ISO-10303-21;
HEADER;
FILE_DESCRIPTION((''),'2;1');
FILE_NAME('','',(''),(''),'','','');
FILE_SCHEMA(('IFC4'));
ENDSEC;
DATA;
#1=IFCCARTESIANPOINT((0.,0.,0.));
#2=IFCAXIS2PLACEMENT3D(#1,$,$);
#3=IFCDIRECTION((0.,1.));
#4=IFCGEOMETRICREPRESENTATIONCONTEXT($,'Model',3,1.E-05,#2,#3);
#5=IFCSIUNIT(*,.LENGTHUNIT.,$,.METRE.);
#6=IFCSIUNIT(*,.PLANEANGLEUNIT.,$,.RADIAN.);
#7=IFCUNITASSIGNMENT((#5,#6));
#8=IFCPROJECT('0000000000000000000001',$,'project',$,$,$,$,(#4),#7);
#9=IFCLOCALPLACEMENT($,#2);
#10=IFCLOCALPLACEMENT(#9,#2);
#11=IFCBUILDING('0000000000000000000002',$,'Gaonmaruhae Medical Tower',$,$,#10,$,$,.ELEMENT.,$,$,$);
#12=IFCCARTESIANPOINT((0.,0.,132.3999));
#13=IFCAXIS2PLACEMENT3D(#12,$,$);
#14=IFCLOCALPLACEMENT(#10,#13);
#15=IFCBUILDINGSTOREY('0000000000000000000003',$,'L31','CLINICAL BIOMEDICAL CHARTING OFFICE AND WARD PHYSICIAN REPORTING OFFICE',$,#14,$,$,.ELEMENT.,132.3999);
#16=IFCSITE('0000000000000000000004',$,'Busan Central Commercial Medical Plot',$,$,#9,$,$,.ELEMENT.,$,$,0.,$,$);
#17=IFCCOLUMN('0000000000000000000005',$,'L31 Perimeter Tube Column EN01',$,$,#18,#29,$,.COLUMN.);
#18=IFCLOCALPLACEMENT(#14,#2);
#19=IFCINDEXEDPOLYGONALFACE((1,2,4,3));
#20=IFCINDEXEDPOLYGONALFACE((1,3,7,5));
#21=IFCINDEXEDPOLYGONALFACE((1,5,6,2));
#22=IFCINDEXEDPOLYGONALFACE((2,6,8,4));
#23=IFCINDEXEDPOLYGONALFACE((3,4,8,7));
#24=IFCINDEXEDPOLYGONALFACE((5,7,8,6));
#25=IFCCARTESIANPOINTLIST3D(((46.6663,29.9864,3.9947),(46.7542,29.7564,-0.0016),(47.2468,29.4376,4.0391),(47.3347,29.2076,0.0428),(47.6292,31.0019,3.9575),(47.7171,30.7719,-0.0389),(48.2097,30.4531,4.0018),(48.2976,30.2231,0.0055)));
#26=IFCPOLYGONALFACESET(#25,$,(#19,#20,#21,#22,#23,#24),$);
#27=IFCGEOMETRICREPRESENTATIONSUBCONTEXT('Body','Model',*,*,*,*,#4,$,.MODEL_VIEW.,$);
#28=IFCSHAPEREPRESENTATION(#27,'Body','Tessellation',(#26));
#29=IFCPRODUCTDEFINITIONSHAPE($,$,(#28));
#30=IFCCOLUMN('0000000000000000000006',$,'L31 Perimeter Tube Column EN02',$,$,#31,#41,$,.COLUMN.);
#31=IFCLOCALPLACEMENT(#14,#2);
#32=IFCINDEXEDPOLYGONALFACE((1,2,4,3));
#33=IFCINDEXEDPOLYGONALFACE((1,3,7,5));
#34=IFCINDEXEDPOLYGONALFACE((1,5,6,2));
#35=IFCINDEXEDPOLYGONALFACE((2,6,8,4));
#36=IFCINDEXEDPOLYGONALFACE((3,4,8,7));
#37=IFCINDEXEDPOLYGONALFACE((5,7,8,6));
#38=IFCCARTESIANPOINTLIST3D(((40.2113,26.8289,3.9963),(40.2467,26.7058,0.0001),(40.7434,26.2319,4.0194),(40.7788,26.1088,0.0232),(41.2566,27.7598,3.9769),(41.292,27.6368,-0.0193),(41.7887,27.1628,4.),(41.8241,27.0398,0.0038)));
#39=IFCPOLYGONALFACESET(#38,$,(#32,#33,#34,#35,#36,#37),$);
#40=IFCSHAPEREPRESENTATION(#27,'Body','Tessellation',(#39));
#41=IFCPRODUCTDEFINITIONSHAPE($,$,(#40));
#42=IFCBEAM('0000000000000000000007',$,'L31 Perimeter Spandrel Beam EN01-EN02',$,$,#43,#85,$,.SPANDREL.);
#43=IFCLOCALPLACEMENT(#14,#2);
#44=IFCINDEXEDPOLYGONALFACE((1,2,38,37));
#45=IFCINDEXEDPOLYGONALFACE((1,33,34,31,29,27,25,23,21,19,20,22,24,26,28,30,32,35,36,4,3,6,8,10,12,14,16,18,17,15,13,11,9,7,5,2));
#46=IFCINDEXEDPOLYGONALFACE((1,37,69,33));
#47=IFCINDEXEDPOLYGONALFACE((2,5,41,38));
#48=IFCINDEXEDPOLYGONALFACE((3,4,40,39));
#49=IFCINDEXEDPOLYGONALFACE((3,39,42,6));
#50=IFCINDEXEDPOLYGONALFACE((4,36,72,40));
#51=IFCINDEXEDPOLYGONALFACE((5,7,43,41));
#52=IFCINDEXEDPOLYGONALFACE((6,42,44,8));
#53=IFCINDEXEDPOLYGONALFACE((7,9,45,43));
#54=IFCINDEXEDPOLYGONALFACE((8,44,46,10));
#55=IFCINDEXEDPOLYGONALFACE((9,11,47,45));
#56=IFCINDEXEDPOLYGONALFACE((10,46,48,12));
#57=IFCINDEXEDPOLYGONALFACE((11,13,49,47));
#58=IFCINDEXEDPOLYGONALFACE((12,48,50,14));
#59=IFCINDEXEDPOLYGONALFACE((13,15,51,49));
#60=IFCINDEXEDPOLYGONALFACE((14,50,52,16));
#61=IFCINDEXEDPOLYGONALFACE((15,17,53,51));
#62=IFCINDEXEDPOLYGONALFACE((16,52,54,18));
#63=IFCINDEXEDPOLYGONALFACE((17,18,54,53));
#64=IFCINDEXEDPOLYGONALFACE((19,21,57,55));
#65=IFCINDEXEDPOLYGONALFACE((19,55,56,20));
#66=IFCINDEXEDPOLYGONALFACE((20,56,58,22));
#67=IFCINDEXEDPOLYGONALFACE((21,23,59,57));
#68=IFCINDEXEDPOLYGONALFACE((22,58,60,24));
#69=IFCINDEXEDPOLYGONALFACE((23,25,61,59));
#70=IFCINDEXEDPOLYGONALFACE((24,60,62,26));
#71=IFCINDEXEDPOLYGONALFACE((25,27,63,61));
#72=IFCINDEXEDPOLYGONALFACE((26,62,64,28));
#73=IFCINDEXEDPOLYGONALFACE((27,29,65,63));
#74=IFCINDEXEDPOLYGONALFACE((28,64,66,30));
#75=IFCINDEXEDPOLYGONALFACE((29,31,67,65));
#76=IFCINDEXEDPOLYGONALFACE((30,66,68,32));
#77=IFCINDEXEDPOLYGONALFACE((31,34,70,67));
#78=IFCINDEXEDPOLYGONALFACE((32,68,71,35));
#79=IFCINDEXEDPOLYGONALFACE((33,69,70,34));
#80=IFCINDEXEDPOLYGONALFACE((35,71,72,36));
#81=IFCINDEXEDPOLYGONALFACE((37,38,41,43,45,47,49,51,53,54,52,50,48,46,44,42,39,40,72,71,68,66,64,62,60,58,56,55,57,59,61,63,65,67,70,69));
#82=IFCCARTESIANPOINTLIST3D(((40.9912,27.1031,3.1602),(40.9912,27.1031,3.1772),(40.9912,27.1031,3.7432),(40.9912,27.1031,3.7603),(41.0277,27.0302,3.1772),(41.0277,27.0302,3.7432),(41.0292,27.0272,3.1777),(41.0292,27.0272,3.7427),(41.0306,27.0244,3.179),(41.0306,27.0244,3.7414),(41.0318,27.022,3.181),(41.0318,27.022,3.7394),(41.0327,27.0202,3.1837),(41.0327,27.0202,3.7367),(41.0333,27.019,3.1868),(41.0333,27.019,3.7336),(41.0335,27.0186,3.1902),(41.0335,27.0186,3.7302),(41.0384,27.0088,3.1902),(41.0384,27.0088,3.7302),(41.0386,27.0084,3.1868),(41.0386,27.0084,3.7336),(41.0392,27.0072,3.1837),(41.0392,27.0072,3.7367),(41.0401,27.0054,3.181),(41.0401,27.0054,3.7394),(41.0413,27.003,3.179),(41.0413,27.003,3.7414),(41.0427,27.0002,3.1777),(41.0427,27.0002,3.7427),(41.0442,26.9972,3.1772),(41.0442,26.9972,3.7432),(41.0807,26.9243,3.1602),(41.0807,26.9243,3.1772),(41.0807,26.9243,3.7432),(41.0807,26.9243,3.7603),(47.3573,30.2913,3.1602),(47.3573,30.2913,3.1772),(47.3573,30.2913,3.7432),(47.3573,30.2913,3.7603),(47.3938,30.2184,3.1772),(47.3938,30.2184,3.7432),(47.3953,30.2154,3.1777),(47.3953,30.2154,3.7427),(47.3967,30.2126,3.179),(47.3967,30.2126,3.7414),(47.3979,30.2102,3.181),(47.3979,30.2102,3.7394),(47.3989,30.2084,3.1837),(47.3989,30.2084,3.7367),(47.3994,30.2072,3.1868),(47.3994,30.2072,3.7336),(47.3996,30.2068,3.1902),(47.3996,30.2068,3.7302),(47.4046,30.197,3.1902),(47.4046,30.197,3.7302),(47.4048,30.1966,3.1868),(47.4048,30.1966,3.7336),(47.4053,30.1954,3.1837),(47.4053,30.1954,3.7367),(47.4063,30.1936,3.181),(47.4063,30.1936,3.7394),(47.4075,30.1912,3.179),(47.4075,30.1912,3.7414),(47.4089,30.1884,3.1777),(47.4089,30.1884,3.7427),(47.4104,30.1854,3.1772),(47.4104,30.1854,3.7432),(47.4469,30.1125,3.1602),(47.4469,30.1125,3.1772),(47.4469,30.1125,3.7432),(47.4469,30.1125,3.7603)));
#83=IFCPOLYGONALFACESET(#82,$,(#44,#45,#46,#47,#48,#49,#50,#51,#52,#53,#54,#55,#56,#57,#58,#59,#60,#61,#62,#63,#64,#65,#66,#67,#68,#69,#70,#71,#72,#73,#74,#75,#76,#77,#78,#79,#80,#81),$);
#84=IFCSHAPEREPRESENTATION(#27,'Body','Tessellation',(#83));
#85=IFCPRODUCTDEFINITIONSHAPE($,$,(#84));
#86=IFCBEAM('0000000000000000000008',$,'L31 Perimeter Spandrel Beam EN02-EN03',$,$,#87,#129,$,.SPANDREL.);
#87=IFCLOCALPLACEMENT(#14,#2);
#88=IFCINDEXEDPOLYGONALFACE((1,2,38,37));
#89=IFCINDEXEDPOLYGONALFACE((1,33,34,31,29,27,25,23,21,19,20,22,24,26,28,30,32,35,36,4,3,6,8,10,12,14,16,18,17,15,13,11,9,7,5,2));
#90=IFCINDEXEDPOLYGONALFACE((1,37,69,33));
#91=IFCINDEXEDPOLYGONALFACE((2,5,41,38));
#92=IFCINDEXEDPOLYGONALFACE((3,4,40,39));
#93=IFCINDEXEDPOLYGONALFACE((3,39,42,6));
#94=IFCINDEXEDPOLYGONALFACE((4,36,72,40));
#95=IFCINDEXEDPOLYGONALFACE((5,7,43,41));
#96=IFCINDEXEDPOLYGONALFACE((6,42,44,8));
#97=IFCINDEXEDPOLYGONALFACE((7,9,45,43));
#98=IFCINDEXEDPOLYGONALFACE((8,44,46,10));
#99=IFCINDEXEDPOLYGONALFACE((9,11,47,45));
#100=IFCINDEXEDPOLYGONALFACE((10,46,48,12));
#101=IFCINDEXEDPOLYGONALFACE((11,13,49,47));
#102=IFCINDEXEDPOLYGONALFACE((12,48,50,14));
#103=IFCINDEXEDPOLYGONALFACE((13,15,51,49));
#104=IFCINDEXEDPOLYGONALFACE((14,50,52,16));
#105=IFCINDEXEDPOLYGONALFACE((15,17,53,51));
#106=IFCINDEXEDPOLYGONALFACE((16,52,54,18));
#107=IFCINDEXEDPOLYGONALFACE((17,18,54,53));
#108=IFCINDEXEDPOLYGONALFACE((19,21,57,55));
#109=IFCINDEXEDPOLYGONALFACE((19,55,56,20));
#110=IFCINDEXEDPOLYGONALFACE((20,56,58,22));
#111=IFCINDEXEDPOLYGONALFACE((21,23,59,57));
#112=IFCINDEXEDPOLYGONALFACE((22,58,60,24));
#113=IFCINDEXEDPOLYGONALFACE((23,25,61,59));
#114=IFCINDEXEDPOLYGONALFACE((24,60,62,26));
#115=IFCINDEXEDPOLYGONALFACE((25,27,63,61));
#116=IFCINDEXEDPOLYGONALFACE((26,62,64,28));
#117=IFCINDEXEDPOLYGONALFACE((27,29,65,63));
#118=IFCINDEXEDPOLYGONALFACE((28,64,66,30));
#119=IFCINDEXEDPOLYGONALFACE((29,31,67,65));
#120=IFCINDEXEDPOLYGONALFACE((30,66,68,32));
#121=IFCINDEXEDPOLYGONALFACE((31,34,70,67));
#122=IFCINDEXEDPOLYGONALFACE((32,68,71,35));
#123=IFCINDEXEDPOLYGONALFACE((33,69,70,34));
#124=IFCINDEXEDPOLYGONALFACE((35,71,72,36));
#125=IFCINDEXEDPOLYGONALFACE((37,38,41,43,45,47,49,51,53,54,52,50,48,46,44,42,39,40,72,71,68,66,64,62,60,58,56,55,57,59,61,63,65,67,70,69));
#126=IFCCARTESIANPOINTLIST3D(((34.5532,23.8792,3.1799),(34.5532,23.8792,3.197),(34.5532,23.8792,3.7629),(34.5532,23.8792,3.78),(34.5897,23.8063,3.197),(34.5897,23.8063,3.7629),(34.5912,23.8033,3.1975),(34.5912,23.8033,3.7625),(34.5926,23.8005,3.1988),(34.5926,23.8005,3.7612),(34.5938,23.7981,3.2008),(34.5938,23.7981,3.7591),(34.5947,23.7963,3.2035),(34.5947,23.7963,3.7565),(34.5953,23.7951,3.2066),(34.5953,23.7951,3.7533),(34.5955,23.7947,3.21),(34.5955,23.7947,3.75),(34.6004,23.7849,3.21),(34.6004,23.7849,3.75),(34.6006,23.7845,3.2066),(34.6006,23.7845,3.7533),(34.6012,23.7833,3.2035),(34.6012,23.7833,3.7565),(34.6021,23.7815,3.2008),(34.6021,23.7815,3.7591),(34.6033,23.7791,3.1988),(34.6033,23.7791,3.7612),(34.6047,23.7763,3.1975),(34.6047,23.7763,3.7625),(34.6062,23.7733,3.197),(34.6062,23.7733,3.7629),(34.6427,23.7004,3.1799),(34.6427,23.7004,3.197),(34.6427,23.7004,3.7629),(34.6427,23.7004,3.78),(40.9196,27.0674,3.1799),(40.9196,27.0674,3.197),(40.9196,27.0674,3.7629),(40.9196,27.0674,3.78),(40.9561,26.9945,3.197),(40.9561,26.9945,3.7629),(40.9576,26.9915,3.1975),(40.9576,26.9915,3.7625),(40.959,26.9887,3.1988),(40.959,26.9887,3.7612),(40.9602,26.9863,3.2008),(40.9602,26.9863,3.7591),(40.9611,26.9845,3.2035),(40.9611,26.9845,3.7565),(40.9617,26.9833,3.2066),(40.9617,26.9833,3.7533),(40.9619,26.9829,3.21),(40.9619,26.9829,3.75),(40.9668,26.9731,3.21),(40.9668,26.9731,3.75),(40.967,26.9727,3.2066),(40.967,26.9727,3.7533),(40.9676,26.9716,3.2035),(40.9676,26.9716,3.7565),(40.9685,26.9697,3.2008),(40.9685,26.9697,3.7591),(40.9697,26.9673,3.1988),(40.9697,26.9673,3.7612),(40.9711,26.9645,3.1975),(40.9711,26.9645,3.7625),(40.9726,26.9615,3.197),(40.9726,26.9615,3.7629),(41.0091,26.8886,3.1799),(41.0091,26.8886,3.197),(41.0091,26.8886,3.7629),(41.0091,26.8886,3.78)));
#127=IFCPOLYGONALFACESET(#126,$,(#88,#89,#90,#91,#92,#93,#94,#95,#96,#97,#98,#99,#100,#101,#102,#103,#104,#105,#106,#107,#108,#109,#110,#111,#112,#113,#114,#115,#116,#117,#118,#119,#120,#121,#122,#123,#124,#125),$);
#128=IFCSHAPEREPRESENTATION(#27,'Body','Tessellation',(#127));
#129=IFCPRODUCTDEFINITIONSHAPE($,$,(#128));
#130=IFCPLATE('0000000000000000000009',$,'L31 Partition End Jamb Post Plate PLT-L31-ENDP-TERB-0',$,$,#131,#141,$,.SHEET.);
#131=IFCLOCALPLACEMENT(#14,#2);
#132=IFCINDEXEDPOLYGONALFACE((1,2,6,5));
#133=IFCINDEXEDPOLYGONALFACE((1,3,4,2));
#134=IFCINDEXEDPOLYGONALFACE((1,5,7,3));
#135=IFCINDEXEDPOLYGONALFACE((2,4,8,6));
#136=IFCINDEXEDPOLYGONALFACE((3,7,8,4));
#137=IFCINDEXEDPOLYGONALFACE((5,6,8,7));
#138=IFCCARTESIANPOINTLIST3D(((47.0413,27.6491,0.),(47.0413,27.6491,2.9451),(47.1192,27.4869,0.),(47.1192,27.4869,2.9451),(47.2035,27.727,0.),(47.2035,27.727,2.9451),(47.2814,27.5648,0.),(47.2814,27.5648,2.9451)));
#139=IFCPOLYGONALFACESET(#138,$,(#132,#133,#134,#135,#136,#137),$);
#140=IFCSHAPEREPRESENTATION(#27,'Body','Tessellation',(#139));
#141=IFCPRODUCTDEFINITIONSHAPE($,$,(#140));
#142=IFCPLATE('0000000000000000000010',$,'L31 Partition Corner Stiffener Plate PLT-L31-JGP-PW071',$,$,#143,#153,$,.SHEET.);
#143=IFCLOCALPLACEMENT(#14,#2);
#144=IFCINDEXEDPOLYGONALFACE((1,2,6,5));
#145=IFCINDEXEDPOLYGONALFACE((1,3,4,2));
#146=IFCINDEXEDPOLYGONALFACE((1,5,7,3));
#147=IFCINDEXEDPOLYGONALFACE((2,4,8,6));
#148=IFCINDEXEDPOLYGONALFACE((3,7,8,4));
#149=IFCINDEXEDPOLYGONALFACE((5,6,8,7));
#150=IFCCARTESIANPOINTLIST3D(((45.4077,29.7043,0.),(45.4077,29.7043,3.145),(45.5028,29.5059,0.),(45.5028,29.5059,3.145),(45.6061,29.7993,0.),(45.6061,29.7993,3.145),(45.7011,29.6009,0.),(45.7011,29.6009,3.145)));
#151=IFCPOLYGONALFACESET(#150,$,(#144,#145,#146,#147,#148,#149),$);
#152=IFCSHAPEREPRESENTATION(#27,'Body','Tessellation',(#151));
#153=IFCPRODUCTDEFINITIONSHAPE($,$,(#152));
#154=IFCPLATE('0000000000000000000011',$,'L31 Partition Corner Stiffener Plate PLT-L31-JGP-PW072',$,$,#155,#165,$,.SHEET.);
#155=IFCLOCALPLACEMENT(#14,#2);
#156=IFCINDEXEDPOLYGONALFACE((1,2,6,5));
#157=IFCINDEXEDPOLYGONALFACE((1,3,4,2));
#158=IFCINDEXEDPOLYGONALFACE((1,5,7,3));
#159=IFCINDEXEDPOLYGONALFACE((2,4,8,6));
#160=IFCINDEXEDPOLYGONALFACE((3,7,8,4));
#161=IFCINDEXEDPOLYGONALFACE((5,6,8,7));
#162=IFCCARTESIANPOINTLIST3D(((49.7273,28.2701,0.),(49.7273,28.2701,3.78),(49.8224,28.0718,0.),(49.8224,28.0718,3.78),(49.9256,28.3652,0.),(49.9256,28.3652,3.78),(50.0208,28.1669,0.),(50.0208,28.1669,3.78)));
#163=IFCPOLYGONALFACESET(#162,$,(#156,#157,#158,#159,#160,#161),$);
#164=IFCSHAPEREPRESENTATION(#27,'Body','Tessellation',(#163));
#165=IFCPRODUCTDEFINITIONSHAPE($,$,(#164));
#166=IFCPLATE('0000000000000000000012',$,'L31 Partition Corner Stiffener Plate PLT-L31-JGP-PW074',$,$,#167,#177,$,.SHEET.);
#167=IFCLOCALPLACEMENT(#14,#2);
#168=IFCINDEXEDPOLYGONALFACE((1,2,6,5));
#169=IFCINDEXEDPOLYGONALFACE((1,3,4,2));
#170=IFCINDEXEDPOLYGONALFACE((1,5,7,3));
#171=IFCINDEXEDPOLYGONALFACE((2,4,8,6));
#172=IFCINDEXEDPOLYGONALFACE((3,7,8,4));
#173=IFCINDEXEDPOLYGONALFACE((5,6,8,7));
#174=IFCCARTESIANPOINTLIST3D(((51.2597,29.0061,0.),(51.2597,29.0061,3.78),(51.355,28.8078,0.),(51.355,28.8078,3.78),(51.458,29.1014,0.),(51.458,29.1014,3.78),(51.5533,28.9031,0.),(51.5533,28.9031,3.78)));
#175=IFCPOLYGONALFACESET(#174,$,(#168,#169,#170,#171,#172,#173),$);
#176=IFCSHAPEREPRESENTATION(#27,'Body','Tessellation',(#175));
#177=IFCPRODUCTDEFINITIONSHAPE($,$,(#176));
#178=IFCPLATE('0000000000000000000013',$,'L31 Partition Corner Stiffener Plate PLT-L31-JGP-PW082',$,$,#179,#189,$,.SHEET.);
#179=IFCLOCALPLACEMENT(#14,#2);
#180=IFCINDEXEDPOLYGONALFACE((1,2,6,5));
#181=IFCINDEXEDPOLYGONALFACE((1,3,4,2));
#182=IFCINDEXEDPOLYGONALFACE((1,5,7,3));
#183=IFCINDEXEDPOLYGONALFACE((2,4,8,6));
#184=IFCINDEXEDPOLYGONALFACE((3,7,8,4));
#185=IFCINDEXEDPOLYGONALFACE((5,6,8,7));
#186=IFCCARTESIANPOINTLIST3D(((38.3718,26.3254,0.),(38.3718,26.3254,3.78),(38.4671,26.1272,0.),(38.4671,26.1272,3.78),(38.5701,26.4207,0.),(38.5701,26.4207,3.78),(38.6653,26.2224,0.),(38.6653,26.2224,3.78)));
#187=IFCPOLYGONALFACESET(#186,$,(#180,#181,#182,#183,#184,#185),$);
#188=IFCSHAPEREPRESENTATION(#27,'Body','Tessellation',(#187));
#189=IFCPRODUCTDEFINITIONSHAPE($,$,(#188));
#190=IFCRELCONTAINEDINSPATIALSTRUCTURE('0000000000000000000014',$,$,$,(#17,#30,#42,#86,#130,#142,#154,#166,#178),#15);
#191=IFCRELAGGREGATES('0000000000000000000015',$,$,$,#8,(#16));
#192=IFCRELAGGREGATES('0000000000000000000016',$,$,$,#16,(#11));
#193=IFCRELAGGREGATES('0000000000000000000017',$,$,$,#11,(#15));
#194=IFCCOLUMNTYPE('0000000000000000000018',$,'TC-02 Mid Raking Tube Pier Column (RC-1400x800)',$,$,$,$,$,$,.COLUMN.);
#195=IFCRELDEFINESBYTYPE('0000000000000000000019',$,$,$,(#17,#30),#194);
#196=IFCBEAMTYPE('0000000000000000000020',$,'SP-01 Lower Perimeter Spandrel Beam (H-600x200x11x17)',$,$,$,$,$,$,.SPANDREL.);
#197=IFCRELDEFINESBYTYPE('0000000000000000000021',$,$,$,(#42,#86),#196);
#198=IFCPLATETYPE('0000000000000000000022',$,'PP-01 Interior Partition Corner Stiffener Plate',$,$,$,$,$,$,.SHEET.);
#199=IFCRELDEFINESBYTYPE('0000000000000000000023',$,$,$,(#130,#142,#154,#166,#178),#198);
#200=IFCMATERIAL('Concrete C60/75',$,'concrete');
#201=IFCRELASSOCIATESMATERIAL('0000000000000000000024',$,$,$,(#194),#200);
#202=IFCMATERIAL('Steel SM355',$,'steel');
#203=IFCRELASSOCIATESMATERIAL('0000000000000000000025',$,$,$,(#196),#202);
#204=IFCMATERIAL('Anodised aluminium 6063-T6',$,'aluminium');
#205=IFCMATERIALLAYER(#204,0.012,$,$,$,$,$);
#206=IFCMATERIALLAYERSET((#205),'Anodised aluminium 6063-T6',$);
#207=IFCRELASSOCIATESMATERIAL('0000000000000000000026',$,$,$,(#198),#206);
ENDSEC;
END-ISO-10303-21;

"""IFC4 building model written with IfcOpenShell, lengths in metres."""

from ifc_helpers import new_model, si_unit, direction, frame, origin, origin_2d, place, context, subcontext, project, spatial, rectangle, i_section, extrude, material, layer, layer_set, material_profile, profile_set, type_object, element, save


model = new_model("IFC4")

# Units and contexts
model_context = context("Model", 3, precision=1e-05, world=origin(), true_north=direction((0.0, 1.0)))
body_context = subcontext(model_context, "Body", "Model", "MODEL_VIEW")
ifc_project = project(units=[si_unit("LENGTHUNIT", "METRE"), si_unit("PLANEANGLEUNIT", "RADIAN")], contexts=[model_context])

# Site, building, storey
site_placement = place(None, origin())
site = spatial("IfcSite", under=ifc_project, at=site_placement, Name="Busan Central Commercial Medical Plot", CompositionType="ELEMENT", RefElevation=0.0)
building_placement = place(site_placement, origin())
building = spatial("IfcBuilding", under=site, at=building_placement, Name="Gaonmaruhae Medical Tower", CompositionType="ELEMENT")
storey_placement = place(building_placement, frame((0.0, 0.0, 132.3999)))
storey = spatial("IfcBuildingStorey", under=building, at=storey_placement, Name="L31", Description="CLINICAL BIOMEDICAL CHARTING OFFICE AND WARD PHYSICIAN REPORTING OFFICE", CompositionType="ELEMENT", Elevation=132.3999)

# Columns
ifc_material_1 = material(Name="Concrete C60/75", Category="concrete")
ifc_material_profile_1 = material_profile(ifc_material_1, rectangle(XDim=1.3999, YDim=0.8, at=origin_2d()), Name="RC-1400x800")
ifc_profile_set_1 = profile_set([ifc_material_profile_1], Name="Concrete C60/75")
column_type = type_object("IfcColumnType", Name="TC-02 Mid Raking Tube Pier Column (RC-1400x800)", PredefinedType="COLUMN", material=ifc_profile_set_1)
column_1_placement = place(storey_placement, frame((47.5259, 29.9897, 0.002), z_axis=(-0.021951, 0.057439, 0.998108), x_axis=(-0.687822, -0.725391, 0.026618)))
element("IfcColumn", 1, at=column_1_placement, inside=storey, type_object=column_type, Name="L31 Perimeter Tube Column EN01", PredefinedType="COLUMN", context=body_context, shape_type="SweptSolid", body=[
    extrude(rectangle(XDim=1.3999, YDim=0.8, at=origin_2d()), origin(), (0.0, 0.0, 1.0), 4.0039),
])
column_2_placement = place(storey_placement, frame((41.0354, 26.8728, 0.002), z_axis=(-0.008854, 0.030774, 0.999487), x_axis=(-0.746694, -0.665023, 0.013862)))
element("IfcColumn", 2, at=column_2_placement, inside=storey, type_object=column_type, Name="L31 Perimeter Tube Column EN02", PredefinedType="COLUMN", context=body_context, shape_type="SweptSolid", body=[
    extrude(rectangle(XDim=1.3999, YDim=0.8, at=origin_2d()), origin(), (0.0, 0.0, 1.0), 3.9983),
])

# Beams
ifc_material_2 = material(Name="Steel SM355", Category="steel")
ifc_material_profile_2 = material_profile(ifc_material_2, i_section(OverallWidth=0.2, OverallDepth=0.6001, WebThickness=0.011, FlangeThickness=0.0171, FilletRadius=0.0129, at=origin_2d()), Name="H-600x200x11x17")
ifc_profile_set_2 = profile_set([ifc_material_profile_2], Name="Steel SM355")
beam_type = type_object("IfcBeamType", Name="SP-01 Lower Perimeter Spandrel Beam (H-600x200x11x17)", PredefinedType="SPANDREL", material=ifc_profile_set_2)
beam_1_placement = place(storey_placement, frame((47.4021, 30.2019, 3.4602), z_axis=(-0.894139, -0.44779, 0.0), x_axis=(0.44779, -0.894139, 0.0)))
element("IfcBeam", 3, at=beam_1_placement, inside=storey, type_object=beam_type, Name="L31 Perimeter Spandrel Beam EN01-EN02", PredefinedType="SPANDREL", context=body_context, shape_type="SweptSolid", body=[
    extrude(i_section(OverallWidth=0.2, OverallDepth=0.6001, WebThickness=0.011, FlangeThickness=0.0171, FilletRadius=0.0129, at=origin_2d()), origin(), (0.0, 0.0, 1.0), 7.1199),
])
beam_2_placement = place(storey_placement, frame((40.9644, 26.978, 3.48), z_axis=(-0.894146, -0.447776, 0.0), x_axis=(0.447776, -0.894146, 0.0)))
element("IfcBeam", 4, at=beam_2_placement, inside=storey, type_object=beam_type, Name="L31 Perimeter Spandrel Beam EN02-EN03", PredefinedType="SPANDREL", context=body_context, shape_type="SweptSolid", body=[
    extrude(i_section(OverallWidth=0.2, OverallDepth=0.6001, WebThickness=0.011, FlangeThickness=0.0171, FilletRadius=0.0129, at=origin_2d()), origin(), (0.0, 0.0, 1.0), 7.1201),
])

# Plates
ifc_material_3 = material(Name="Anodised aluminium 6063-T6", Category="aluminium")
ifc_layer_1 = layer(ifc_material_3, 0.012)
ifc_layer_set_1 = layer_set([ifc_layer_1], Name="Anodised aluminium 6063-T6")
plate_type = type_object("IfcPlateType", Name="PP-01 Interior Partition Corner Stiffener Plate", PredefinedType="SHEET", material=ifc_layer_set_1)
plate_1_placement = place(storey_placement, frame((47.1614, 27.6069, 0.0), z_axis=(0.0, 0.0, 1.0), x_axis=(0.901455, 0.432873, 0.0)))
element("IfcPlate", 5, at=plate_1_placement, inside=storey, type_object=plate_type, Name="L31 Partition End Jamb Post Plate PLT-L31-ENDP-TERB-0", PredefinedType="SHEET", context=body_context, shape_type="SweptSolid", body=[
    extrude(rectangle(XDim=0.1799, YDim=0.1799, at=origin_2d()), origin(), (0.0, 0.0, 1.0), 2.9451),
])
plate_2_placement = place(storey_placement, frame((45.5544, 29.6526, 0.0), z_axis=(0.0, 0.0, 1.0), x_axis=(0.901893, 0.43196, 0.0)))
element("IfcPlate", 6, at=plate_2_placement, inside=storey, type_object=plate_type, Name="L31 Partition Corner Stiffener Plate PLT-L31-JGP-PW071", PredefinedType="SHEET", context=body_context, shape_type="SweptSolid", body=[
    extrude(rectangle(XDim=0.22, YDim=0.22, at=origin_2d()), origin(), (0.0, 0.0, 1.0), 3.145),
])
for number, where, z_axis, x_axis, name in (
    (7, (49.874, 28.2185, 0.0), (0.0, 0.0, 1.0), (0.432353, -0.901704, 0.0), "L31 Partition Corner Stiffener Plate PLT-L31-JGP-PW072"),
    (8, (51.4065, 28.9546, 0.0), (0.0, 0.0, 1.0), (-0.433124, 0.901334, 0.0), "L31 Partition Corner Stiffener Plate PLT-L31-JGP-PW074"),
    (9, (38.5186, 26.2739, 0.0), (0.0, 0.0, 1.0), (0.901334, 0.433124, 0.0), "L31 Partition Corner Stiffener Plate PLT-L31-JGP-PW082"),
):
    element("IfcPlate", number, at=place(storey_placement, frame(where, z_axis=z_axis, x_axis=x_axis)), inside=storey, type_object=plate_type, Name=name, PredefinedType="SHEET", context=body_context, shape_type="SweptSolid", body=[
        extrude(rectangle(XDim=0.22, YDim=0.22, at=origin_2d()), origin(), (0.0, 0.0, 1.0), 3.78),
    ])

save(model, "model.ifc")
